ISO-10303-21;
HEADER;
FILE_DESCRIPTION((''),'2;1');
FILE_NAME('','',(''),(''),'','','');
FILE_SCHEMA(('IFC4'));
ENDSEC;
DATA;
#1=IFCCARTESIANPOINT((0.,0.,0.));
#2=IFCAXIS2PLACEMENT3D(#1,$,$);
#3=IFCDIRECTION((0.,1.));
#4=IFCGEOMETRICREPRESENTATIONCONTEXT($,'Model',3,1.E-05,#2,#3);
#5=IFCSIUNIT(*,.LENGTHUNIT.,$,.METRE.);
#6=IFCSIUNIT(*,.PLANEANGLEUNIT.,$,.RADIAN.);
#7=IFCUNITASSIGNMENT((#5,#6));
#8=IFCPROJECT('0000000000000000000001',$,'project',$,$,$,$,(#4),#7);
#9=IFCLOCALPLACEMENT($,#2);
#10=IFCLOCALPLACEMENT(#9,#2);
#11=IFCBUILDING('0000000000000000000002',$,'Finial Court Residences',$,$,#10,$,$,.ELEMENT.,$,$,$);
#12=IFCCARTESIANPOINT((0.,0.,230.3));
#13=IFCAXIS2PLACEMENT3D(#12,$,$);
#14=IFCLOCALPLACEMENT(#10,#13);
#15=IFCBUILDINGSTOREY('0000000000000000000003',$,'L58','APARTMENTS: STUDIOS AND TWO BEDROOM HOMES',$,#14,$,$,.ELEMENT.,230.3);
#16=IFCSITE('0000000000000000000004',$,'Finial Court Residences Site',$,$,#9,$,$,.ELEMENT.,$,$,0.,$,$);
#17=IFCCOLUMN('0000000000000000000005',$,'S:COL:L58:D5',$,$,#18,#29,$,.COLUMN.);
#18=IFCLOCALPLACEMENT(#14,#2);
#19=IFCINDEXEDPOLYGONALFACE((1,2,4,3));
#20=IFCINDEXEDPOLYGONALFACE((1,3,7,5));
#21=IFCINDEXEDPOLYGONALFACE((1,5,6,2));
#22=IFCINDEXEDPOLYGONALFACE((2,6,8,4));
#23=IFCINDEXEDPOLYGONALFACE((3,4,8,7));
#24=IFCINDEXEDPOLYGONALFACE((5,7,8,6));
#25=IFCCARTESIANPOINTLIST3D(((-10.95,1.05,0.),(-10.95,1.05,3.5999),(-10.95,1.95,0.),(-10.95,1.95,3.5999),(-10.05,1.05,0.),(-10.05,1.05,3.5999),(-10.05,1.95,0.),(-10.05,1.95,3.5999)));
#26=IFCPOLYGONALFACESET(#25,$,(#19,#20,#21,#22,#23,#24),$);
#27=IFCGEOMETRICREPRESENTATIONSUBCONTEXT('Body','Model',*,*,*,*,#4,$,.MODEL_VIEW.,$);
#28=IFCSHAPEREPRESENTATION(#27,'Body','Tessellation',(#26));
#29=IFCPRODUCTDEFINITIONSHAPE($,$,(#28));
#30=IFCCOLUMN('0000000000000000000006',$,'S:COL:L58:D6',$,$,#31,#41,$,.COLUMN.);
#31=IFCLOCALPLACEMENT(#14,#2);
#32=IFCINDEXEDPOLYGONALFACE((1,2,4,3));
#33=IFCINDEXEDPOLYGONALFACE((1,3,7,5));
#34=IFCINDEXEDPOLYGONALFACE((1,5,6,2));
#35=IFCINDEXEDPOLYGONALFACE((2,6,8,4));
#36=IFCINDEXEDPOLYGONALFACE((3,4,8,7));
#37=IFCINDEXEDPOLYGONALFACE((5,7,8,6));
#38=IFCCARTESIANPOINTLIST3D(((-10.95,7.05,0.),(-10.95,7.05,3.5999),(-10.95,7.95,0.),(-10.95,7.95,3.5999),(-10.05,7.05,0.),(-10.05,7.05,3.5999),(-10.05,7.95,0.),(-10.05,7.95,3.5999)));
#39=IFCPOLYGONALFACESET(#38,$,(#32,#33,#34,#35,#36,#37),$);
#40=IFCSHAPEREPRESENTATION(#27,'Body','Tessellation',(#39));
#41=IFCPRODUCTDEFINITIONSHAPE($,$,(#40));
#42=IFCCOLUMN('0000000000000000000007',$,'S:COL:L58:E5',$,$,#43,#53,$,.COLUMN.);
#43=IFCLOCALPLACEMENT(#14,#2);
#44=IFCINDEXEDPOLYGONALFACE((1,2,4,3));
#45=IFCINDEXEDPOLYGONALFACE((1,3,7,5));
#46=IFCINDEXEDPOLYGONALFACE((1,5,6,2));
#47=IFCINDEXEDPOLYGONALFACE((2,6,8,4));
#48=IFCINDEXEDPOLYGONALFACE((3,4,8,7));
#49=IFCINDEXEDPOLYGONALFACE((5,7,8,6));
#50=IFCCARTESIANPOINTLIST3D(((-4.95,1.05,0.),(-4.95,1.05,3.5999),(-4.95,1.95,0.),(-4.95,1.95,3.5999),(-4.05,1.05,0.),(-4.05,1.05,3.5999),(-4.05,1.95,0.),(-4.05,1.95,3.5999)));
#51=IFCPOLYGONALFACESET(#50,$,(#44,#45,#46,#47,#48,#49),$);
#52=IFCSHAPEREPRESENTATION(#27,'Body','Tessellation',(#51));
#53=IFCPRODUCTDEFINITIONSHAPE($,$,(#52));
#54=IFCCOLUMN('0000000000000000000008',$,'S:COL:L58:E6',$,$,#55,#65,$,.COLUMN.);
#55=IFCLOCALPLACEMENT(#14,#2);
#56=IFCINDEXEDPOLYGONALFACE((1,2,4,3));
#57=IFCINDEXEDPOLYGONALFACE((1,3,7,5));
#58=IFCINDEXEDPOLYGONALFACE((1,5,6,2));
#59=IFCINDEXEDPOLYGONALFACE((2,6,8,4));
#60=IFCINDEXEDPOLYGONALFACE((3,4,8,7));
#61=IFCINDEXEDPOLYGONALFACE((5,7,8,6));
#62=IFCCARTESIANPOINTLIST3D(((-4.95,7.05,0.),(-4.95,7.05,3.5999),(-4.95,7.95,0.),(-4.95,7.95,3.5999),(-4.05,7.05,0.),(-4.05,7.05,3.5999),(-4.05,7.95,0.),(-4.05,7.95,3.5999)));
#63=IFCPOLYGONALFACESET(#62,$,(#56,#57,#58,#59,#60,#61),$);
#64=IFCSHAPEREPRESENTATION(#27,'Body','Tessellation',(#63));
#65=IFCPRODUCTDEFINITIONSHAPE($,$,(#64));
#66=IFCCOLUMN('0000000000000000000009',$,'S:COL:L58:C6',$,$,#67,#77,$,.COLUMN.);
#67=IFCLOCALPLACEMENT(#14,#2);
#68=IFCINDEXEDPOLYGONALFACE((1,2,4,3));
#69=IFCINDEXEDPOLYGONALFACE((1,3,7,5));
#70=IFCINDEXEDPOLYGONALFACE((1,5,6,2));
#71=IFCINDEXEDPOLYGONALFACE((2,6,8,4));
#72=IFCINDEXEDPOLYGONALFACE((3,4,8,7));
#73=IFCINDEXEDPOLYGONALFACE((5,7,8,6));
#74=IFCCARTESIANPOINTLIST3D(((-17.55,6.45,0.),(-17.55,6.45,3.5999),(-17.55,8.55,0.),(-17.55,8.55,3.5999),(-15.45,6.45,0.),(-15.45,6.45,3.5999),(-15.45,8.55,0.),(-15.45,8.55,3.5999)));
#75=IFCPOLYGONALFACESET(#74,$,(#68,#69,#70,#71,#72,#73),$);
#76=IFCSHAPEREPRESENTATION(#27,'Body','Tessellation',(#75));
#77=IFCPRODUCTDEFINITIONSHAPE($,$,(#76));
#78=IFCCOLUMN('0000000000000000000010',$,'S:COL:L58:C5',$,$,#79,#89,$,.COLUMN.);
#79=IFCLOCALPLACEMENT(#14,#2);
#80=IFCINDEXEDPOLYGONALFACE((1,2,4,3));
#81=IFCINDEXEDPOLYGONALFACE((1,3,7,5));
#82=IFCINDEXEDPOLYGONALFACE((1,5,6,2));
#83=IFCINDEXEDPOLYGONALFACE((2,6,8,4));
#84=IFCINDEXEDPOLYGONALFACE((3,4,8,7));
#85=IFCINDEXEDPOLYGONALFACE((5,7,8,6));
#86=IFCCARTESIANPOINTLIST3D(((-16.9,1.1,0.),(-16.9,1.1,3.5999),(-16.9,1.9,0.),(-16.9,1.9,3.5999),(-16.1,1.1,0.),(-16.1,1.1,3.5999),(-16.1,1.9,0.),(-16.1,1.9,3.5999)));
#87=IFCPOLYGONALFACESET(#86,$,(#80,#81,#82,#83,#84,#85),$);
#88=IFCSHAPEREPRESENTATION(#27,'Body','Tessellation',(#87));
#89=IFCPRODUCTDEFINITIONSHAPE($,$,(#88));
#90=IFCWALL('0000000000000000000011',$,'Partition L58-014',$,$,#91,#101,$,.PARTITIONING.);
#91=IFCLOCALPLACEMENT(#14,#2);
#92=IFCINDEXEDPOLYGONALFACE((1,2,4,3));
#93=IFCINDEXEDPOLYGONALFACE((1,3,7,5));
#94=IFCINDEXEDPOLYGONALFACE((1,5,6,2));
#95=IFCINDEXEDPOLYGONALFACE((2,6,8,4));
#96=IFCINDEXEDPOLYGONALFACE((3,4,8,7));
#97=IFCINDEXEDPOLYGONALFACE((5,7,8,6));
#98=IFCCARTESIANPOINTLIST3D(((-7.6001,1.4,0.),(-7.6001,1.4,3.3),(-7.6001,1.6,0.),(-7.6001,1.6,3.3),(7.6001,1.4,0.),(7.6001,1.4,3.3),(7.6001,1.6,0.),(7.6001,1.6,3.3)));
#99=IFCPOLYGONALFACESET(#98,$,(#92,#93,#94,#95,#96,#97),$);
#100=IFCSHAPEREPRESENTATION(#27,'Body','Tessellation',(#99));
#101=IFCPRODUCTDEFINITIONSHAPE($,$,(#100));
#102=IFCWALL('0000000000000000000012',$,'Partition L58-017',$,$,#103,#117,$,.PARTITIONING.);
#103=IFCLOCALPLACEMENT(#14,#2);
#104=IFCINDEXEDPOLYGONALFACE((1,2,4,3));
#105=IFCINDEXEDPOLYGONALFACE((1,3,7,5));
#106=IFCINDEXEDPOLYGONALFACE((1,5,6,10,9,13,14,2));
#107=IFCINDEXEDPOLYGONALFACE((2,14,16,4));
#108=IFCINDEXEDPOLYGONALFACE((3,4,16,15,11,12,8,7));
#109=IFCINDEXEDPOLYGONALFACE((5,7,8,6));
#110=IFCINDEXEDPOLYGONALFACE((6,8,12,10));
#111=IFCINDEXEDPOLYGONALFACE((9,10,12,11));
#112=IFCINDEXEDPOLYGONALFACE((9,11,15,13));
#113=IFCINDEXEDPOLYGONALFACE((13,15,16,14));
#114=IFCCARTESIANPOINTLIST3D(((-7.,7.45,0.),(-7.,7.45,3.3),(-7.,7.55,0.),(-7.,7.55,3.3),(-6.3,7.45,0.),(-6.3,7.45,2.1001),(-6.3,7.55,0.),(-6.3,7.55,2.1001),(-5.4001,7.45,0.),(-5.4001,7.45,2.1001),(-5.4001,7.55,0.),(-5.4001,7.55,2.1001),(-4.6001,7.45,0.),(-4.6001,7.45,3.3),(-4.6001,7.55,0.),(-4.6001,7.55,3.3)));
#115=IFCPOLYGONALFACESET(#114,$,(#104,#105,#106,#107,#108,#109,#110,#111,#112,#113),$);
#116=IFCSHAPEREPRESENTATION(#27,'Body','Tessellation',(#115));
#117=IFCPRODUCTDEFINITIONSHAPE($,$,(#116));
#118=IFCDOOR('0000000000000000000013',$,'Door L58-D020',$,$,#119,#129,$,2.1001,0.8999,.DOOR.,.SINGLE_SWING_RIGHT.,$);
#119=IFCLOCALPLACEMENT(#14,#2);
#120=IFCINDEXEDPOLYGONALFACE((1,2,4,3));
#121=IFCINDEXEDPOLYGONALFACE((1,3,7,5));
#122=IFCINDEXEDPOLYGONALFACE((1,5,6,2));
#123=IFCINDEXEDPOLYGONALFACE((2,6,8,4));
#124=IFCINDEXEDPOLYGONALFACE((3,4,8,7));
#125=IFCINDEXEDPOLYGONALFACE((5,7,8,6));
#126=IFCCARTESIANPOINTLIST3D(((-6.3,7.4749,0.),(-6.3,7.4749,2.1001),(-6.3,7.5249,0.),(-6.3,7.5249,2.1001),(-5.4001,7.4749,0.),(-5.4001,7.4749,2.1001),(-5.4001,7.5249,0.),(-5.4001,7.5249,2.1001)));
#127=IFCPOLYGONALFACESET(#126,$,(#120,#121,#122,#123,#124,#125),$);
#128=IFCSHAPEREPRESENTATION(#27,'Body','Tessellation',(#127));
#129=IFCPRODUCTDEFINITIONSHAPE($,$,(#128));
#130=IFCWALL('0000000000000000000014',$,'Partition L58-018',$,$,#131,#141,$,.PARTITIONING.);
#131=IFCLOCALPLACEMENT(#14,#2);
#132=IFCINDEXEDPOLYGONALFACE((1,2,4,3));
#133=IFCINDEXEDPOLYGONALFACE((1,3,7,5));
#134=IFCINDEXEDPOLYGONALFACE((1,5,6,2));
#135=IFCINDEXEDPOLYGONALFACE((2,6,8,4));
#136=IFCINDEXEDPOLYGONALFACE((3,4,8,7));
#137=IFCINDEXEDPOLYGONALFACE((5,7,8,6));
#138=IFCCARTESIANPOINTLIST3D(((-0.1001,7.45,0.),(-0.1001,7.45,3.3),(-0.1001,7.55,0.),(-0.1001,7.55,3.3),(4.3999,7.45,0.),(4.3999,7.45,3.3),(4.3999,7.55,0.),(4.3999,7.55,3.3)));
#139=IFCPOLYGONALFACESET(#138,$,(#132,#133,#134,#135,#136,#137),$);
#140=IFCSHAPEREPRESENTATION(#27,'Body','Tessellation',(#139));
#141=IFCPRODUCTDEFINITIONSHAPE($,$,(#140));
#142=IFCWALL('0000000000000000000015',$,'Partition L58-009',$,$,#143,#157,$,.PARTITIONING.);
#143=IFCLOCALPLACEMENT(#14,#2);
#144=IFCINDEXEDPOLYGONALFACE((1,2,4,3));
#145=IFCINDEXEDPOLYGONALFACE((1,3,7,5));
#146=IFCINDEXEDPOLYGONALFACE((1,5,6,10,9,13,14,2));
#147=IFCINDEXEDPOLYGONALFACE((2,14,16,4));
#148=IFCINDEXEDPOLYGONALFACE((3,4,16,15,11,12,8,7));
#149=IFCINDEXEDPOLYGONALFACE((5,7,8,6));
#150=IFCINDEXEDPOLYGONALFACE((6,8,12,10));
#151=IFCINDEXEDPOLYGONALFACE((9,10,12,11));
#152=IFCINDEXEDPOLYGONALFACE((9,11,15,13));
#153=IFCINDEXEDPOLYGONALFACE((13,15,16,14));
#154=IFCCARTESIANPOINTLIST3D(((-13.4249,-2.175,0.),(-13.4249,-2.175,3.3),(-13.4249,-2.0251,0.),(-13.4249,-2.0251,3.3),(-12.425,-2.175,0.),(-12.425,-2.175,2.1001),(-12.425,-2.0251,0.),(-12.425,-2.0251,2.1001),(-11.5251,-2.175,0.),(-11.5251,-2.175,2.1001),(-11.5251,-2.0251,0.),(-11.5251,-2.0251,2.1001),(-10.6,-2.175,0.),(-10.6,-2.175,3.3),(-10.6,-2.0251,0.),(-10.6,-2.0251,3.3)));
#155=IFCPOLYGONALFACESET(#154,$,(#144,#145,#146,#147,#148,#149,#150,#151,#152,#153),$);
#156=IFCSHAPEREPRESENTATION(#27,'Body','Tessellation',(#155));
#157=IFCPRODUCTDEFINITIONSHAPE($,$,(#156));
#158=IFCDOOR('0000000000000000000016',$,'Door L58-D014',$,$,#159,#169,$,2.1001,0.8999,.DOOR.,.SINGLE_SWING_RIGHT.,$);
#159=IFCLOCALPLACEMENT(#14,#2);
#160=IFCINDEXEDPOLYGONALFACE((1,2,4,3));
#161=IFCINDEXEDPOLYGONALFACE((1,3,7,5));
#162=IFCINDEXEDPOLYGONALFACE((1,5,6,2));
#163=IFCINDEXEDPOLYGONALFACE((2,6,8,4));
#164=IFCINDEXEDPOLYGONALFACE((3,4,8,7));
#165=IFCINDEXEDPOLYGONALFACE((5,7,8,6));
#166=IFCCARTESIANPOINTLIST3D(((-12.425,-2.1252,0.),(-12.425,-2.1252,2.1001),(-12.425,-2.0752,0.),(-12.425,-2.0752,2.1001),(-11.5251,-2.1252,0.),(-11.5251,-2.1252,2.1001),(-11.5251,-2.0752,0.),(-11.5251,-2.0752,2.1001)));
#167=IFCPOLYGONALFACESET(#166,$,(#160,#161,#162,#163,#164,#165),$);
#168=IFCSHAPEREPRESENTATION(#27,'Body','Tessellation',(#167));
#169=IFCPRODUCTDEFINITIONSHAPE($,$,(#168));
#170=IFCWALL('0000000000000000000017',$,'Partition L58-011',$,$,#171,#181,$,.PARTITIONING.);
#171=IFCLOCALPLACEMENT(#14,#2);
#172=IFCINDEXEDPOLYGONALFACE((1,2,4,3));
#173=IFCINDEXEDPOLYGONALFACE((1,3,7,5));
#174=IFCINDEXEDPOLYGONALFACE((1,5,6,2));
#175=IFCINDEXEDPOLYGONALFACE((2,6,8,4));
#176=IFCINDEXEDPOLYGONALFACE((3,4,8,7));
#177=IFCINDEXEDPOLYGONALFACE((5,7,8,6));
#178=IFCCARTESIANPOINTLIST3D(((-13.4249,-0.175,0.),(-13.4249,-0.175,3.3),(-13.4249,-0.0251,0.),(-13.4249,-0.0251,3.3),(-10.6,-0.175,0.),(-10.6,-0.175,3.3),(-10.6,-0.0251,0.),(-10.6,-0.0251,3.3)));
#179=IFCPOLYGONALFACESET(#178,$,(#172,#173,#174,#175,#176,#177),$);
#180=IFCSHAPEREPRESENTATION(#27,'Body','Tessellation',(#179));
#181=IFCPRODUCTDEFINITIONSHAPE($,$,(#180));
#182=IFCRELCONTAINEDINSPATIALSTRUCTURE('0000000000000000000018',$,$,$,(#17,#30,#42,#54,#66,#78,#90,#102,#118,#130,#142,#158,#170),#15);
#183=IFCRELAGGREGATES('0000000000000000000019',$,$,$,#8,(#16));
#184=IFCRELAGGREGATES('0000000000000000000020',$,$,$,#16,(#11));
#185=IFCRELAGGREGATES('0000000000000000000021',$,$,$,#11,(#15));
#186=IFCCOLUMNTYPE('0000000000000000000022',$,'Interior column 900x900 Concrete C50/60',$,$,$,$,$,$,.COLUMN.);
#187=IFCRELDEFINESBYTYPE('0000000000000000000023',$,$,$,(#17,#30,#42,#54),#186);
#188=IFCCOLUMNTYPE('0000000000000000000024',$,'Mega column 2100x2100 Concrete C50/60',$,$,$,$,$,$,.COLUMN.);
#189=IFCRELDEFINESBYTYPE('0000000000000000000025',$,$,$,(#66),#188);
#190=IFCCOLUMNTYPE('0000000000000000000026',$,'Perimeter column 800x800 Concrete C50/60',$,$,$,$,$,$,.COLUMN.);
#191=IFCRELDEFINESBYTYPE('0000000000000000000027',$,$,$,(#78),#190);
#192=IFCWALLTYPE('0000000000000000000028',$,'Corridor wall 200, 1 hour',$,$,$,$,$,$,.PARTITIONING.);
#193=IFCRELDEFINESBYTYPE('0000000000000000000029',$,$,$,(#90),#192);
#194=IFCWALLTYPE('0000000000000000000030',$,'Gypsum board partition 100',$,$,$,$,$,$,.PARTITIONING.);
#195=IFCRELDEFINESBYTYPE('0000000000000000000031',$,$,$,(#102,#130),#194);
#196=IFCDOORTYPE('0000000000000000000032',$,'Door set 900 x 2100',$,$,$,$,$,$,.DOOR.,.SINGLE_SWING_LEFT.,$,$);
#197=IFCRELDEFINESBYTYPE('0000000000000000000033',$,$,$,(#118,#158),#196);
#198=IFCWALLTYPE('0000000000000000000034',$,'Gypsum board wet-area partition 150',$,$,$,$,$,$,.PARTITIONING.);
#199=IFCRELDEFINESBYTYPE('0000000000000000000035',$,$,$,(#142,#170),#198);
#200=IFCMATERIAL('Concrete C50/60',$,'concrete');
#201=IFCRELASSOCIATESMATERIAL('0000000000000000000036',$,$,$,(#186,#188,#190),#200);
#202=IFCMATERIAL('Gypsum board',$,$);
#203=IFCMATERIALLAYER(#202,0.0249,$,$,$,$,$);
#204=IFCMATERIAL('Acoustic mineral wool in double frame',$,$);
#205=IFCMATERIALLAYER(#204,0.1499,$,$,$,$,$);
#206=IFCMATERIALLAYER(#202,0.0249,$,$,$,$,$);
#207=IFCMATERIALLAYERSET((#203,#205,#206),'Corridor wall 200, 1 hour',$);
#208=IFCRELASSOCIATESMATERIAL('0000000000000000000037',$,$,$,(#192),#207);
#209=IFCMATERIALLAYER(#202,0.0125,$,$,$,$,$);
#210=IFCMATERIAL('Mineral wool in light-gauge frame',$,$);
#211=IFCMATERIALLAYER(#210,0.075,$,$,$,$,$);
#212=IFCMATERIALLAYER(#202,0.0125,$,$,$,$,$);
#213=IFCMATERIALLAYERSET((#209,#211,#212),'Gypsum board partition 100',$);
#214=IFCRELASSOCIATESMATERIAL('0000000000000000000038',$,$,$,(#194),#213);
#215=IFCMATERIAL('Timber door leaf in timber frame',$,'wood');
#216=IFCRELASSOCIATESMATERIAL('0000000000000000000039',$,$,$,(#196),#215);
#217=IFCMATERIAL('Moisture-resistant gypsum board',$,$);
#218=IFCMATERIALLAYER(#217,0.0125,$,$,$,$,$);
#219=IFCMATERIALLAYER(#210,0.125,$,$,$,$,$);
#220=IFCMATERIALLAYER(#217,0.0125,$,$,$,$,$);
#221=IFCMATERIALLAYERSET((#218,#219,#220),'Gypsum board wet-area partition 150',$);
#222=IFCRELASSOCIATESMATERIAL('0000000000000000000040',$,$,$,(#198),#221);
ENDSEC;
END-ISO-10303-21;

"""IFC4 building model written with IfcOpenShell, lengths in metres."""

from ifc_helpers import new_model, si_unit, direction, frame, frame_2d, origin, origin_2d, place, context, subcontext, project, spatial, rectangle, extrude, material, layer, layer_set, material_profile, profile_set, type_object, element, fill, save


model = new_model("IFC4")

# Units and contexts
model_context = context("Model", 3, precision=1e-05, world=origin(), true_north=direction((0.0, 1.0)))
body_context = subcontext(model_context, "Body", "Model", "MODEL_VIEW")
ifc_project = project(units=[si_unit("LENGTHUNIT", "METRE"), si_unit("PLANEANGLEUNIT", "RADIAN")], contexts=[model_context])

# Site, building, storey
site_placement = place(None, origin())
site = spatial("IfcSite", under=ifc_project, at=site_placement, Name="Finial Court Residences Site", CompositionType="ELEMENT", RefElevation=0.0)
building_placement = place(site_placement, origin())
building = spatial("IfcBuilding", under=site, at=building_placement, Name="Finial Court Residences", CompositionType="ELEMENT")
storey_placement = place(building_placement, frame((0.0, 0.0, 230.3)))
storey = spatial("IfcBuildingStorey", under=building, at=storey_placement, Name="L58", Description="APARTMENTS: STUDIOS AND TWO BEDROOM HOMES", CompositionType="ELEMENT", Elevation=230.3)

# Columns
ifc_material_1 = material(Name="Concrete C50/60", Category="concrete")
ifc_material_profile_1 = material_profile(ifc_material_1, rectangle(XDim=0.8999, YDim=0.8999, at=origin_2d()), Name="900x900")
ifc_profile_set_1 = profile_set([ifc_material_profile_1], Name="Concrete C50/60")
column_type_1 = type_object("IfcColumnType", Name="Interior column 900x900 Concrete C50/60", PredefinedType="COLUMN", material=ifc_profile_set_1)
for number, where, z_axis, x_axis, name in (
    (1, (-10.5, 1.5, 0.0), (0.0, 0.0, 1.0), (1.0, 0.0, 0.0), "S:COL:L58:D5"),
    (2, (-10.5, 7.5, 0.0), (0.0, 0.0, 1.0), (1.0, 0.0, 0.0), "S:COL:L58:D6"),
    (3, (-4.5, 1.5, 0.0), (0.0, 0.0, 1.0), (1.0, 0.0, 0.0), "S:COL:L58:E5"),
    (4, (-4.5, 7.5, 0.0), (0.0, 0.0, 1.0), (1.0, 0.0, 0.0), "S:COL:L58:E6"),
):
    element("IfcColumn", number, at=place(storey_placement, frame(where, z_axis=z_axis, x_axis=x_axis)), inside=storey, type_object=column_type_1, Name=name, PredefinedType="COLUMN", context=body_context, shape_type="SweptSolid", body=[
        extrude(rectangle(XDim=0.8999, YDim=0.8999, at=origin_2d()), origin(), (0.0, 0.0, 1.0), 3.5999),
    ])
ifc_material_profile_2 = material_profile(ifc_material_1, rectangle(XDim=2.1001, YDim=2.1001, at=origin_2d()), Name="2100x2100")
ifc_profile_set_2 = profile_set([ifc_material_profile_2], Name="Concrete C50/60")
column_type_2 = type_object("IfcColumnType", Name="Mega column 2100x2100 Concrete C50/60", PredefinedType="COLUMN", material=ifc_profile_set_2)
column_1_placement = place(storey_placement, frame((-16.5, 7.5, 0.0), z_axis=(0.0, 0.0, 1.0), x_axis=(1.0, 0.0, 0.0)))
element("IfcColumn", 5, at=column_1_placement, inside=storey, type_object=column_type_2, Name="S:COL:L58:C6", PredefinedType="COLUMN", context=body_context, shape_type="SweptSolid", body=[
    extrude(rectangle(XDim=2.1001, YDim=2.1001, at=origin_2d()), origin(), (0.0, 0.0, 1.0), 3.5999),
])
ifc_material_profile_3 = material_profile(ifc_material_1, rectangle(XDim=0.8, YDim=0.8, at=origin_2d()), Name="800x800")
ifc_profile_set_3 = profile_set([ifc_material_profile_3], Name="Concrete C50/60")
column_type_3 = type_object("IfcColumnType", Name="Perimeter column 800x800 Concrete C50/60", PredefinedType="COLUMN", material=ifc_profile_set_3)
column_2_placement = place(storey_placement, frame((-16.5, 1.5, 0.0), z_axis=(0.0, 0.0, 1.0), x_axis=(1.0, 0.0, 0.0)))
element("IfcColumn", 6, at=column_2_placement, inside=storey, type_object=column_type_3, Name="S:COL:L58:C5", PredefinedType="COLUMN", context=body_context, shape_type="SweptSolid", body=[
    extrude(rectangle(XDim=0.8, YDim=0.8, at=origin_2d()), origin(), (0.0, 0.0, 1.0), 3.5999),
])

# Wall
ifc_material_2 = material(Name="Gypsum board")
ifc_layer_1 = layer(ifc_material_2, 0.0249)
ifc_material_3 = material(Name="Acoustic mineral wool in double frame")
ifc_layer_2 = layer(ifc_material_3, 0.1499)
ifc_layer_3 = layer(ifc_material_2, 0.0249)
ifc_layer_set_1 = layer_set([ifc_layer_1, ifc_layer_2, ifc_layer_3], Name="Corridor wall 200, 1 hour")
wall_type_1 = type_object("IfcWallType", Name="Corridor wall 200, 1 hour", PredefinedType="PARTITIONING", material=ifc_layer_set_1)
wall_1_placement = place(storey_placement, frame((-7.6001, 1.5, 0.0), z_axis=(0.0, 0.0, 1.0), x_axis=(1.0, 0.0, 0.0)))
element("IfcWall", 7, at=wall_1_placement, inside=storey, type_object=wall_type_1, Name="Partition L58-014", PredefinedType="PARTITIONING", context=body_context, shape_type="SweptSolid", body=[
    extrude(rectangle(XDim=15.2002, YDim=0.2, at=frame_2d((7.6001, 0.0))), origin(), (0.0, 0.0, 1.0), 3.3),
])

# Wall, opening, door
ifc_layer_4 = layer(ifc_material_2, 0.0125)
ifc_material_4 = material(Name="Mineral wool in light-gauge frame")
ifc_layer_5 = layer(ifc_material_4, 0.075)
ifc_layer_6 = layer(ifc_material_2, 0.0125)
ifc_layer_set_2 = layer_set([ifc_layer_4, ifc_layer_5, ifc_layer_6], Name="Gypsum board partition 100")
wall_type_2 = type_object("IfcWallType", Name="Gypsum board partition 100", PredefinedType="PARTITIONING", material=ifc_layer_set_2)
wall_2_placement = place(storey_placement, frame((-7.0, 7.5, 0.0), z_axis=(0.0, 0.0, 1.0), x_axis=(1.0, 0.0, 0.0)))
wall_2 = element("IfcWall", 8, at=wall_2_placement, inside=storey, type_object=wall_type_2, Name="Partition L58-017", PredefinedType="PARTITIONING", context=body_context, shape_type="SweptSolid", body=[
    extrude(rectangle(XDim=2.3999, YDim=0.1001, at=frame_2d((1.2, 0.0))), origin(), (0.0, 0.0, 1.0), 3.3),
])
opening_1_placement = place(wall_2_placement, frame((0.7, 0.0, 0.0)))
opening_1 = element("IfcOpeningElement", 9, at=opening_1_placement, cuts=wall_2, PredefinedType="OPENING", context=body_context, shape_type="SweptSolid", body=[
    extrude(rectangle(XDim=0.8999, YDim=2.1001, at=frame_2d((0.45, 1.05))), frame((0.0, 0.0601, 0.0), z_axis=(0.0, -1.0, 0.0), x_axis=(1.0, 0.0, 0.0)), (0.0, 0.0, 1.0), 0.1201),
])
ifc_material_5 = material(Name="Timber door leaf in timber frame", Category="wood")
door_type = type_object("IfcDoorType", Name="Door set 900 x 2100", OperationType="SINGLE_SWING_LEFT", PredefinedType="DOOR", material=ifc_material_5)
door_1_placement = place(opening_1_placement, origin())
door_1 = element("IfcDoor", 10, at=door_1_placement, inside=storey, type_object=door_type, Name="Door L58-D020", OperationType="SINGLE_SWING_RIGHT", OverallHeight=2.1001, OverallWidth=0.8999, PredefinedType="DOOR", context=body_context, shape_type="SweptSolid", body=[
    extrude(rectangle(XDim=0.8999, YDim=2.1001, at=frame_2d((0.45, 1.05))), frame((0.0, 0.0249, 0.0), z_axis=(0.0, -1.0, 0.0), x_axis=(1.0, 0.0, 0.0)), (0.0, 0.0, 1.0), 0.05),
])
fill(opening_1, door_1)

# Wall
wall_3_placement = place(storey_placement, frame((-0.1001, 7.5, 0.0), z_axis=(0.0, 0.0, 1.0), x_axis=(1.0, 0.0, 0.0)))
element("IfcWall", 11, at=wall_3_placement, inside=storey, type_object=wall_type_2, Name="Partition L58-018", PredefinedType="PARTITIONING", context=body_context, shape_type="SweptSolid", body=[
    extrude(rectangle(XDim=4.5, YDim=0.1001, at=frame_2d((2.25, 0.0))), origin(), (0.0, 0.0, 1.0), 3.3),
])

# Wall, opening, door
ifc_material_6 = material(Name="Moisture-resistant gypsum board")
ifc_layer_7 = layer(ifc_material_6, 0.0125)
ifc_layer_8 = layer(ifc_material_4, 0.125)
ifc_layer_9 = layer(ifc_material_6, 0.0125)
ifc_layer_set_3 = layer_set([ifc_layer_7, ifc_layer_8, ifc_layer_9], Name="Gypsum board wet-area partition 150")
wall_type_3 = type_object("IfcWallType", Name="Gypsum board wet-area partition 150", PredefinedType="PARTITIONING", material=ifc_layer_set_3)
wall_4_placement = place(storey_placement, frame((-13.425, -2.1001, 0.0), z_axis=(0.0, 0.0, 1.0), x_axis=(1.0, 0.0, 0.0)))
wall_4 = element("IfcWall", 12, at=wall_4_placement, inside=storey, type_object=wall_type_3, Name="Partition L58-009", PredefinedType="PARTITIONING", context=body_context, shape_type="SweptSolid", body=[
    extrude(rectangle(XDim=2.825, YDim=0.1499, at=frame_2d((1.4126, 0.0))), origin(), (0.0, 0.0, 1.0), 3.3),
])
opening_2_placement = place(wall_4_placement, frame((1.0, 0.0, 0.0)))
opening_2 = element("IfcOpeningElement", 13, at=opening_2_placement, cuts=wall_4, PredefinedType="OPENING", context=body_context, shape_type="SweptSolid", body=[
    extrude(rectangle(XDim=0.8999, YDim=2.1001, at=frame_2d((0.45, 1.05))), frame((0.0, 0.085, 0.0), z_axis=(0.0, -1.0, 0.0), x_axis=(1.0, 0.0, 0.0)), (0.0, 0.0, 1.0), 0.1699),
])
door_2_placement = place(opening_2_placement, origin())
door_2 = element("IfcDoor", 14, at=door_2_placement, inside=storey, type_object=door_type, Name="Door L58-D014", OperationType="SINGLE_SWING_RIGHT", OverallHeight=2.1001, OverallWidth=0.8999, PredefinedType="DOOR", context=body_context, shape_type="SweptSolid", body=[
    extrude(rectangle(XDim=0.8999, YDim=2.1001, at=frame_2d((0.45, 1.05))), frame((0.0, 0.0249, 0.0), z_axis=(0.0, -1.0, 0.0), x_axis=(1.0, 0.0, 0.0)), (0.0, 0.0, 1.0), 0.05),
])
fill(opening_2, door_2)

# Wall
wall_5_placement = place(storey_placement, frame((-13.425, -0.1001, 0.0), z_axis=(0.0, 0.0, 1.0), x_axis=(1.0, 0.0, 0.0)))
element("IfcWall", 15, at=wall_5_placement, inside=storey, type_object=wall_type_3, Name="Partition L58-011", PredefinedType="PARTITIONING", context=body_context, shape_type="SweptSolid", body=[
    extrude(rectangle(XDim=2.825, YDim=0.1499, at=frame_2d((1.4126, 0.0))), origin(), (0.0, 0.0, 1.0), 3.3),
])

save(model, "model.ifc")
